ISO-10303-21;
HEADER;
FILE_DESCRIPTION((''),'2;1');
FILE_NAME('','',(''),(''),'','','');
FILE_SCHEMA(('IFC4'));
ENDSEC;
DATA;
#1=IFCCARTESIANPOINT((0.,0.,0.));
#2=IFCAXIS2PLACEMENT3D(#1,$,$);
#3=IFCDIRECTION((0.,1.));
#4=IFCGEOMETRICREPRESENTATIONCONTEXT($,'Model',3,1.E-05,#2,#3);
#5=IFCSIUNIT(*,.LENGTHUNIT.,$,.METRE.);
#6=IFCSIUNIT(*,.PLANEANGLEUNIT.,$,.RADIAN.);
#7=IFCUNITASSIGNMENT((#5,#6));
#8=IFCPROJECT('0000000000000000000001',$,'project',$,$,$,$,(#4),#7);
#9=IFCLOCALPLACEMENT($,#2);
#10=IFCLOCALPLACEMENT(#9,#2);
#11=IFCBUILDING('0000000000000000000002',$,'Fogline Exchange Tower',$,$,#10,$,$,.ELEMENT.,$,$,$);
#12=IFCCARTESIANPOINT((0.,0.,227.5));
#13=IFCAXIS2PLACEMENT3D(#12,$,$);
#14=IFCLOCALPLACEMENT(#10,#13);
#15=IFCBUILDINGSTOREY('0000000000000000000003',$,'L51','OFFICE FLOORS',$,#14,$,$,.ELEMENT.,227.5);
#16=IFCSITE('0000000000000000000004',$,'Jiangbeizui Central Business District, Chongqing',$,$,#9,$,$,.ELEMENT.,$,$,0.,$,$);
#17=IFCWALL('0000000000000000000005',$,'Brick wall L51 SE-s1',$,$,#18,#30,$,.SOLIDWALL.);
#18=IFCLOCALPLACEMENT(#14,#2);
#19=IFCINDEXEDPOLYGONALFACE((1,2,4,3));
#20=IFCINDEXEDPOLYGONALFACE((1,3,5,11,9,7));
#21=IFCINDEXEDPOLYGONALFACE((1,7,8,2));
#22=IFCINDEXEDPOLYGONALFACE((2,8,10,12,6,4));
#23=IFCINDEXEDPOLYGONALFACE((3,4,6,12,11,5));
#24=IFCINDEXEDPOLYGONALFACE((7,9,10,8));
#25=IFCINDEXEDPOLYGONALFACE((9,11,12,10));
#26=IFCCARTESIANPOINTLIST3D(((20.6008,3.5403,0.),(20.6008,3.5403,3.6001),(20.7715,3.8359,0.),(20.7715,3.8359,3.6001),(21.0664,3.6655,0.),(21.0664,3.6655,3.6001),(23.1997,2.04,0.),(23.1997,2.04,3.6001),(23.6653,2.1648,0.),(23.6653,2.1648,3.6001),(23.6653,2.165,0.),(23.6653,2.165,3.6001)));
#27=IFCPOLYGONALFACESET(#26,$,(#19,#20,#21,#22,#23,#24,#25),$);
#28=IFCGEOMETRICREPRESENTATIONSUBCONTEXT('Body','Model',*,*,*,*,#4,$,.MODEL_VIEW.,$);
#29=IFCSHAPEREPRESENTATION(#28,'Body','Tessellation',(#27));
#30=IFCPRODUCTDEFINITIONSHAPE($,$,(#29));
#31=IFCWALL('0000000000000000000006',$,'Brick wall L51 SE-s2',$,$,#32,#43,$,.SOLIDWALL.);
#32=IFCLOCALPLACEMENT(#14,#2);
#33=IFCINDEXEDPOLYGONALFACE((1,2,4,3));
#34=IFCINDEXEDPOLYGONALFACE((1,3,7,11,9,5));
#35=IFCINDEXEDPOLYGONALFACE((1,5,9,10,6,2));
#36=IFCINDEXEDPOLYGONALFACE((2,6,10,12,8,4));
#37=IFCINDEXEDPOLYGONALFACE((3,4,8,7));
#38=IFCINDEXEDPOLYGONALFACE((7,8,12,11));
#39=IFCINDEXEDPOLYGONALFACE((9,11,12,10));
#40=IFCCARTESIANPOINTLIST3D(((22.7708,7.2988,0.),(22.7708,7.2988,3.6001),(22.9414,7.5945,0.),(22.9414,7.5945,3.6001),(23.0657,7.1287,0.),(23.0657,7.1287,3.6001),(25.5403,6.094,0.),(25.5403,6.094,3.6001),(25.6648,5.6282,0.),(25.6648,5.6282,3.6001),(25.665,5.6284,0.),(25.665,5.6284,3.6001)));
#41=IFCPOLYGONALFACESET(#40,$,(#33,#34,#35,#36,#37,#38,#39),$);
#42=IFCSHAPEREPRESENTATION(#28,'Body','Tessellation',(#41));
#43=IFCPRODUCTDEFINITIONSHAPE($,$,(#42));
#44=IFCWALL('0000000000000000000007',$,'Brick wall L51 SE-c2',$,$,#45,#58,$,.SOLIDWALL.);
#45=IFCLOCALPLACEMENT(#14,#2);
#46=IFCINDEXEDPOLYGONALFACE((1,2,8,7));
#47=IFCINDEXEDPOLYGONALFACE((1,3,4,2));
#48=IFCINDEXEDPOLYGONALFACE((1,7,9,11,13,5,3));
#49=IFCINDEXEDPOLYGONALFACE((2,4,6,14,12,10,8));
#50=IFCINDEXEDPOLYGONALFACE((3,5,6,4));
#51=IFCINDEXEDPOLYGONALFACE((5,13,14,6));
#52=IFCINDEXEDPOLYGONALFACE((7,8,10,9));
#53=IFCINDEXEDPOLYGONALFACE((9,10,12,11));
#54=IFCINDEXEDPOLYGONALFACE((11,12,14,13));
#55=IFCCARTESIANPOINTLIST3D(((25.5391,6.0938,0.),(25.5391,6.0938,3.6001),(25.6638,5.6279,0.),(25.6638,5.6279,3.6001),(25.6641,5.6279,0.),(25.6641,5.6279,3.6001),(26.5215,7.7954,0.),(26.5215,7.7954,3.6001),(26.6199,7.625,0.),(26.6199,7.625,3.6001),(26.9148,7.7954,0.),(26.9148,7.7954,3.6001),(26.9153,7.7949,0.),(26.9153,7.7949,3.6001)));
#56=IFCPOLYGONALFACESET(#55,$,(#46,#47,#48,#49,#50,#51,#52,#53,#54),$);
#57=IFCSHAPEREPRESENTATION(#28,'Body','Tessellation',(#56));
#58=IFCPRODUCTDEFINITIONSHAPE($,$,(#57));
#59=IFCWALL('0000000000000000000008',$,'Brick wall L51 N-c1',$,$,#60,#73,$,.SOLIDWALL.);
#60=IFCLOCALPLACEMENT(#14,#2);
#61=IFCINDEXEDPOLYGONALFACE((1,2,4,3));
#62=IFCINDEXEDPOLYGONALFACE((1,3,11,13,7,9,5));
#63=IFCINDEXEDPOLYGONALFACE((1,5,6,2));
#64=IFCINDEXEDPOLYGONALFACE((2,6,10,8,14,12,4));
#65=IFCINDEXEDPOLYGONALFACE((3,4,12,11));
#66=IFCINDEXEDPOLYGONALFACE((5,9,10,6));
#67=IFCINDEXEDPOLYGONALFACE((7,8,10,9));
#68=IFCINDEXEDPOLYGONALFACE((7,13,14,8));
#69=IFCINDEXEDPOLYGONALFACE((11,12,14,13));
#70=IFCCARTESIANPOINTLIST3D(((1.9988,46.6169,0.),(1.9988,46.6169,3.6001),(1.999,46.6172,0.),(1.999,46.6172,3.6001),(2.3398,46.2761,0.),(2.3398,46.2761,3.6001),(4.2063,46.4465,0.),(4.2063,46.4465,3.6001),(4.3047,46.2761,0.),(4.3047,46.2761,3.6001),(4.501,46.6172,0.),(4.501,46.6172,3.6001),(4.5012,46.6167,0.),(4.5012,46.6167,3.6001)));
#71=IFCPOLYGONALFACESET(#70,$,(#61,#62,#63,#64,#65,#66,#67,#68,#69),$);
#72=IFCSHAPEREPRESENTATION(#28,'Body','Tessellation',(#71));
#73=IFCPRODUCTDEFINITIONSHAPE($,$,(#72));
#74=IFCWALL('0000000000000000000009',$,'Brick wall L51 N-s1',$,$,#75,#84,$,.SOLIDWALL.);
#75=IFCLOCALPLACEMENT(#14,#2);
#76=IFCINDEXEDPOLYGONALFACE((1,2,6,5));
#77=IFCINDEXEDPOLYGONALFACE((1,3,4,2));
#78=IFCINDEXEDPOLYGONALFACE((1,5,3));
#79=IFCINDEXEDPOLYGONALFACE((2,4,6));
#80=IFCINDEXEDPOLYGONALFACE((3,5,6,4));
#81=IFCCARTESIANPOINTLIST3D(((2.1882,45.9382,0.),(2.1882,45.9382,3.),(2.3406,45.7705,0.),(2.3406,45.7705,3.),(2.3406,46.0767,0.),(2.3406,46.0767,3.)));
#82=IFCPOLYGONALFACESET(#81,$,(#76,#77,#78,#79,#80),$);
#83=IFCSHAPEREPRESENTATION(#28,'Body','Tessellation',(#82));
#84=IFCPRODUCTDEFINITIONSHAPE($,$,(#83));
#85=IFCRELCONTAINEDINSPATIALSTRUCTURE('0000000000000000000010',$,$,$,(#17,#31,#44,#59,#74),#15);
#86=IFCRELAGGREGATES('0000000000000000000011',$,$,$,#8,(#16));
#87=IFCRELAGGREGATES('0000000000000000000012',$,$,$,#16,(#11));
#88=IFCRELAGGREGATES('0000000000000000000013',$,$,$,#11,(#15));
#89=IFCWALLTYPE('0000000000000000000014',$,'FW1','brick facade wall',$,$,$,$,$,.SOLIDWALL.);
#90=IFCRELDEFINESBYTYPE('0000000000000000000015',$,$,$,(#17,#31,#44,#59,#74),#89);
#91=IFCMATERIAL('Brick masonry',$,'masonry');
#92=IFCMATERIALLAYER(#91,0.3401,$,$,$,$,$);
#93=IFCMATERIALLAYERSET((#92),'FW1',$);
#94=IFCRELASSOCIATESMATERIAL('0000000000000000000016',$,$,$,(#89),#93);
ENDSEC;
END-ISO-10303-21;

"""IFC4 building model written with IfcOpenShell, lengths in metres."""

from ifc_helpers import new_model, si_unit, direction, frame, origin, place, context, subcontext, project, spatial, polyline, outline, extrude, material, layer, layer_set, type_object, element, save


model = new_model("IFC4")

# Units and contexts
model_context = context("Model", 3, precision=1e-05, world=origin(), true_north=direction((0.0, 1.0)))
body_context = subcontext(model_context, "Body", "Model", "MODEL_VIEW")
ifc_project = project(units=[si_unit("LENGTHUNIT", "METRE"), si_unit("PLANEANGLEUNIT", "RADIAN")], contexts=[model_context])

# Site, building, storey
site_placement = place(None, origin())
site = spatial("IfcSite", under=ifc_project, at=site_placement, Name="Jiangbeizui Central Business District, Chongqing", CompositionType="ELEMENT", RefElevation=0.0)
building_placement = place(site_placement, origin())
building = spatial("IfcBuilding", under=site, at=building_placement, Name="Fogline Exchange Tower", CompositionType="ELEMENT")
storey_placement = place(building_placement, frame((0.0, 0.0, 227.5)))
storey = spatial("IfcBuildingStorey", under=building, at=storey_placement, Name="L51", Description="OFFICE FLOORS", CompositionType="ELEMENT", Elevation=227.5)

# Walls
ifc_material_1 = material(Name="Brick masonry", Category="masonry")
ifc_layer_1 = layer(ifc_material_1, 0.3401)
ifc_layer_set_1 = layer_set([ifc_layer_1], Name="FW1")
wall_type_1 = type_object("IfcWallType", Name="FW1", Description="brick facade wall", PredefinedType="SOLIDWALL", material=ifc_layer_set_1)
wall_1_placement = place(storey_placement, origin())
element("IfcWall", 1, at=wall_1_placement, inside=storey, type_object=wall_type_1, Name="Brick wall L51 SE-s1", PredefinedType="SOLIDWALL", context=body_context, shape_type="SweptSolid", body=[
    extrude(outline(polyline([(20.6008, 3.5403), (20.7715, 3.8359), (21.0664, 3.6655), (23.6653, 2.165), (23.6653, 2.1648), (23.1997, 2.04), (20.6008, 3.5403)])), origin(), (0.0, 0.0, 1.0), 3.6001),
])
wall_2_placement = place(storey_placement, origin())
element("IfcWall", 2, at=wall_2_placement, inside=storey, type_object=wall_type_1, Name="Brick wall L51 SE-s2", PredefinedType="SOLIDWALL", context=body_context, shape_type="SweptSolid", body=[
    extrude(outline(polyline([(25.6648, 5.6282), (23.0657, 7.1287), (22.7708, 7.2988), (22.9414, 7.5945), (25.5403, 6.094), (25.665, 5.6284), (25.6648, 5.6282)])), origin(), (0.0, 0.0, 1.0), 3.6001),
])
wall_3_placement = place(storey_placement, origin())
element("IfcWall", 3, at=wall_3_placement, inside=storey, type_object=wall_type_1, Name="Brick wall L51 SE-c2", PredefinedType="SOLIDWALL", context=body_context, shape_type="SweptSolid", body=[
    extrude(outline(polyline([(26.5215, 7.7954), (26.6199, 7.625), (26.9148, 7.7954), (26.9153, 7.7949), (25.6641, 5.6279), (25.6638, 5.6279), (25.5391, 6.0938), (26.5215, 7.7954)])), origin(), (0.0, 0.0, 1.0), 3.6001),
])
wall_4_placement = place(storey_placement, origin())
element("IfcWall", 4, at=wall_4_placement, inside=storey, type_object=wall_type_1, Name="Brick wall L51 N-c1", PredefinedType="SOLIDWALL", context=body_context, shape_type="SweptSolid", body=[
    extrude(outline(polyline([(1.999, 46.6172), (4.501, 46.6172), (4.5012, 46.6167), (4.2063, 46.4465), (4.3047, 46.2761), (2.3398, 46.2761), (1.9988, 46.6169), (1.999, 46.6172)])), origin(), (0.0, 0.0, 1.0), 3.6001),
])
wall_5_placement = place(storey_placement, origin())
element("IfcWall", 5, at=wall_5_placement, inside=storey, type_object=wall_type_1, Name="Brick wall L51 N-s1", PredefinedType="SOLIDWALL", context=body_context, shape_type="SweptSolid", body=[
    extrude(outline(polyline([(2.3406, 45.7705), (2.1882, 45.9382), (2.3406, 46.0767), (2.3406, 45.7705)])), origin(), (0.0, 0.0, 1.0), 3.0),
])

save(model, "model.ifc")
